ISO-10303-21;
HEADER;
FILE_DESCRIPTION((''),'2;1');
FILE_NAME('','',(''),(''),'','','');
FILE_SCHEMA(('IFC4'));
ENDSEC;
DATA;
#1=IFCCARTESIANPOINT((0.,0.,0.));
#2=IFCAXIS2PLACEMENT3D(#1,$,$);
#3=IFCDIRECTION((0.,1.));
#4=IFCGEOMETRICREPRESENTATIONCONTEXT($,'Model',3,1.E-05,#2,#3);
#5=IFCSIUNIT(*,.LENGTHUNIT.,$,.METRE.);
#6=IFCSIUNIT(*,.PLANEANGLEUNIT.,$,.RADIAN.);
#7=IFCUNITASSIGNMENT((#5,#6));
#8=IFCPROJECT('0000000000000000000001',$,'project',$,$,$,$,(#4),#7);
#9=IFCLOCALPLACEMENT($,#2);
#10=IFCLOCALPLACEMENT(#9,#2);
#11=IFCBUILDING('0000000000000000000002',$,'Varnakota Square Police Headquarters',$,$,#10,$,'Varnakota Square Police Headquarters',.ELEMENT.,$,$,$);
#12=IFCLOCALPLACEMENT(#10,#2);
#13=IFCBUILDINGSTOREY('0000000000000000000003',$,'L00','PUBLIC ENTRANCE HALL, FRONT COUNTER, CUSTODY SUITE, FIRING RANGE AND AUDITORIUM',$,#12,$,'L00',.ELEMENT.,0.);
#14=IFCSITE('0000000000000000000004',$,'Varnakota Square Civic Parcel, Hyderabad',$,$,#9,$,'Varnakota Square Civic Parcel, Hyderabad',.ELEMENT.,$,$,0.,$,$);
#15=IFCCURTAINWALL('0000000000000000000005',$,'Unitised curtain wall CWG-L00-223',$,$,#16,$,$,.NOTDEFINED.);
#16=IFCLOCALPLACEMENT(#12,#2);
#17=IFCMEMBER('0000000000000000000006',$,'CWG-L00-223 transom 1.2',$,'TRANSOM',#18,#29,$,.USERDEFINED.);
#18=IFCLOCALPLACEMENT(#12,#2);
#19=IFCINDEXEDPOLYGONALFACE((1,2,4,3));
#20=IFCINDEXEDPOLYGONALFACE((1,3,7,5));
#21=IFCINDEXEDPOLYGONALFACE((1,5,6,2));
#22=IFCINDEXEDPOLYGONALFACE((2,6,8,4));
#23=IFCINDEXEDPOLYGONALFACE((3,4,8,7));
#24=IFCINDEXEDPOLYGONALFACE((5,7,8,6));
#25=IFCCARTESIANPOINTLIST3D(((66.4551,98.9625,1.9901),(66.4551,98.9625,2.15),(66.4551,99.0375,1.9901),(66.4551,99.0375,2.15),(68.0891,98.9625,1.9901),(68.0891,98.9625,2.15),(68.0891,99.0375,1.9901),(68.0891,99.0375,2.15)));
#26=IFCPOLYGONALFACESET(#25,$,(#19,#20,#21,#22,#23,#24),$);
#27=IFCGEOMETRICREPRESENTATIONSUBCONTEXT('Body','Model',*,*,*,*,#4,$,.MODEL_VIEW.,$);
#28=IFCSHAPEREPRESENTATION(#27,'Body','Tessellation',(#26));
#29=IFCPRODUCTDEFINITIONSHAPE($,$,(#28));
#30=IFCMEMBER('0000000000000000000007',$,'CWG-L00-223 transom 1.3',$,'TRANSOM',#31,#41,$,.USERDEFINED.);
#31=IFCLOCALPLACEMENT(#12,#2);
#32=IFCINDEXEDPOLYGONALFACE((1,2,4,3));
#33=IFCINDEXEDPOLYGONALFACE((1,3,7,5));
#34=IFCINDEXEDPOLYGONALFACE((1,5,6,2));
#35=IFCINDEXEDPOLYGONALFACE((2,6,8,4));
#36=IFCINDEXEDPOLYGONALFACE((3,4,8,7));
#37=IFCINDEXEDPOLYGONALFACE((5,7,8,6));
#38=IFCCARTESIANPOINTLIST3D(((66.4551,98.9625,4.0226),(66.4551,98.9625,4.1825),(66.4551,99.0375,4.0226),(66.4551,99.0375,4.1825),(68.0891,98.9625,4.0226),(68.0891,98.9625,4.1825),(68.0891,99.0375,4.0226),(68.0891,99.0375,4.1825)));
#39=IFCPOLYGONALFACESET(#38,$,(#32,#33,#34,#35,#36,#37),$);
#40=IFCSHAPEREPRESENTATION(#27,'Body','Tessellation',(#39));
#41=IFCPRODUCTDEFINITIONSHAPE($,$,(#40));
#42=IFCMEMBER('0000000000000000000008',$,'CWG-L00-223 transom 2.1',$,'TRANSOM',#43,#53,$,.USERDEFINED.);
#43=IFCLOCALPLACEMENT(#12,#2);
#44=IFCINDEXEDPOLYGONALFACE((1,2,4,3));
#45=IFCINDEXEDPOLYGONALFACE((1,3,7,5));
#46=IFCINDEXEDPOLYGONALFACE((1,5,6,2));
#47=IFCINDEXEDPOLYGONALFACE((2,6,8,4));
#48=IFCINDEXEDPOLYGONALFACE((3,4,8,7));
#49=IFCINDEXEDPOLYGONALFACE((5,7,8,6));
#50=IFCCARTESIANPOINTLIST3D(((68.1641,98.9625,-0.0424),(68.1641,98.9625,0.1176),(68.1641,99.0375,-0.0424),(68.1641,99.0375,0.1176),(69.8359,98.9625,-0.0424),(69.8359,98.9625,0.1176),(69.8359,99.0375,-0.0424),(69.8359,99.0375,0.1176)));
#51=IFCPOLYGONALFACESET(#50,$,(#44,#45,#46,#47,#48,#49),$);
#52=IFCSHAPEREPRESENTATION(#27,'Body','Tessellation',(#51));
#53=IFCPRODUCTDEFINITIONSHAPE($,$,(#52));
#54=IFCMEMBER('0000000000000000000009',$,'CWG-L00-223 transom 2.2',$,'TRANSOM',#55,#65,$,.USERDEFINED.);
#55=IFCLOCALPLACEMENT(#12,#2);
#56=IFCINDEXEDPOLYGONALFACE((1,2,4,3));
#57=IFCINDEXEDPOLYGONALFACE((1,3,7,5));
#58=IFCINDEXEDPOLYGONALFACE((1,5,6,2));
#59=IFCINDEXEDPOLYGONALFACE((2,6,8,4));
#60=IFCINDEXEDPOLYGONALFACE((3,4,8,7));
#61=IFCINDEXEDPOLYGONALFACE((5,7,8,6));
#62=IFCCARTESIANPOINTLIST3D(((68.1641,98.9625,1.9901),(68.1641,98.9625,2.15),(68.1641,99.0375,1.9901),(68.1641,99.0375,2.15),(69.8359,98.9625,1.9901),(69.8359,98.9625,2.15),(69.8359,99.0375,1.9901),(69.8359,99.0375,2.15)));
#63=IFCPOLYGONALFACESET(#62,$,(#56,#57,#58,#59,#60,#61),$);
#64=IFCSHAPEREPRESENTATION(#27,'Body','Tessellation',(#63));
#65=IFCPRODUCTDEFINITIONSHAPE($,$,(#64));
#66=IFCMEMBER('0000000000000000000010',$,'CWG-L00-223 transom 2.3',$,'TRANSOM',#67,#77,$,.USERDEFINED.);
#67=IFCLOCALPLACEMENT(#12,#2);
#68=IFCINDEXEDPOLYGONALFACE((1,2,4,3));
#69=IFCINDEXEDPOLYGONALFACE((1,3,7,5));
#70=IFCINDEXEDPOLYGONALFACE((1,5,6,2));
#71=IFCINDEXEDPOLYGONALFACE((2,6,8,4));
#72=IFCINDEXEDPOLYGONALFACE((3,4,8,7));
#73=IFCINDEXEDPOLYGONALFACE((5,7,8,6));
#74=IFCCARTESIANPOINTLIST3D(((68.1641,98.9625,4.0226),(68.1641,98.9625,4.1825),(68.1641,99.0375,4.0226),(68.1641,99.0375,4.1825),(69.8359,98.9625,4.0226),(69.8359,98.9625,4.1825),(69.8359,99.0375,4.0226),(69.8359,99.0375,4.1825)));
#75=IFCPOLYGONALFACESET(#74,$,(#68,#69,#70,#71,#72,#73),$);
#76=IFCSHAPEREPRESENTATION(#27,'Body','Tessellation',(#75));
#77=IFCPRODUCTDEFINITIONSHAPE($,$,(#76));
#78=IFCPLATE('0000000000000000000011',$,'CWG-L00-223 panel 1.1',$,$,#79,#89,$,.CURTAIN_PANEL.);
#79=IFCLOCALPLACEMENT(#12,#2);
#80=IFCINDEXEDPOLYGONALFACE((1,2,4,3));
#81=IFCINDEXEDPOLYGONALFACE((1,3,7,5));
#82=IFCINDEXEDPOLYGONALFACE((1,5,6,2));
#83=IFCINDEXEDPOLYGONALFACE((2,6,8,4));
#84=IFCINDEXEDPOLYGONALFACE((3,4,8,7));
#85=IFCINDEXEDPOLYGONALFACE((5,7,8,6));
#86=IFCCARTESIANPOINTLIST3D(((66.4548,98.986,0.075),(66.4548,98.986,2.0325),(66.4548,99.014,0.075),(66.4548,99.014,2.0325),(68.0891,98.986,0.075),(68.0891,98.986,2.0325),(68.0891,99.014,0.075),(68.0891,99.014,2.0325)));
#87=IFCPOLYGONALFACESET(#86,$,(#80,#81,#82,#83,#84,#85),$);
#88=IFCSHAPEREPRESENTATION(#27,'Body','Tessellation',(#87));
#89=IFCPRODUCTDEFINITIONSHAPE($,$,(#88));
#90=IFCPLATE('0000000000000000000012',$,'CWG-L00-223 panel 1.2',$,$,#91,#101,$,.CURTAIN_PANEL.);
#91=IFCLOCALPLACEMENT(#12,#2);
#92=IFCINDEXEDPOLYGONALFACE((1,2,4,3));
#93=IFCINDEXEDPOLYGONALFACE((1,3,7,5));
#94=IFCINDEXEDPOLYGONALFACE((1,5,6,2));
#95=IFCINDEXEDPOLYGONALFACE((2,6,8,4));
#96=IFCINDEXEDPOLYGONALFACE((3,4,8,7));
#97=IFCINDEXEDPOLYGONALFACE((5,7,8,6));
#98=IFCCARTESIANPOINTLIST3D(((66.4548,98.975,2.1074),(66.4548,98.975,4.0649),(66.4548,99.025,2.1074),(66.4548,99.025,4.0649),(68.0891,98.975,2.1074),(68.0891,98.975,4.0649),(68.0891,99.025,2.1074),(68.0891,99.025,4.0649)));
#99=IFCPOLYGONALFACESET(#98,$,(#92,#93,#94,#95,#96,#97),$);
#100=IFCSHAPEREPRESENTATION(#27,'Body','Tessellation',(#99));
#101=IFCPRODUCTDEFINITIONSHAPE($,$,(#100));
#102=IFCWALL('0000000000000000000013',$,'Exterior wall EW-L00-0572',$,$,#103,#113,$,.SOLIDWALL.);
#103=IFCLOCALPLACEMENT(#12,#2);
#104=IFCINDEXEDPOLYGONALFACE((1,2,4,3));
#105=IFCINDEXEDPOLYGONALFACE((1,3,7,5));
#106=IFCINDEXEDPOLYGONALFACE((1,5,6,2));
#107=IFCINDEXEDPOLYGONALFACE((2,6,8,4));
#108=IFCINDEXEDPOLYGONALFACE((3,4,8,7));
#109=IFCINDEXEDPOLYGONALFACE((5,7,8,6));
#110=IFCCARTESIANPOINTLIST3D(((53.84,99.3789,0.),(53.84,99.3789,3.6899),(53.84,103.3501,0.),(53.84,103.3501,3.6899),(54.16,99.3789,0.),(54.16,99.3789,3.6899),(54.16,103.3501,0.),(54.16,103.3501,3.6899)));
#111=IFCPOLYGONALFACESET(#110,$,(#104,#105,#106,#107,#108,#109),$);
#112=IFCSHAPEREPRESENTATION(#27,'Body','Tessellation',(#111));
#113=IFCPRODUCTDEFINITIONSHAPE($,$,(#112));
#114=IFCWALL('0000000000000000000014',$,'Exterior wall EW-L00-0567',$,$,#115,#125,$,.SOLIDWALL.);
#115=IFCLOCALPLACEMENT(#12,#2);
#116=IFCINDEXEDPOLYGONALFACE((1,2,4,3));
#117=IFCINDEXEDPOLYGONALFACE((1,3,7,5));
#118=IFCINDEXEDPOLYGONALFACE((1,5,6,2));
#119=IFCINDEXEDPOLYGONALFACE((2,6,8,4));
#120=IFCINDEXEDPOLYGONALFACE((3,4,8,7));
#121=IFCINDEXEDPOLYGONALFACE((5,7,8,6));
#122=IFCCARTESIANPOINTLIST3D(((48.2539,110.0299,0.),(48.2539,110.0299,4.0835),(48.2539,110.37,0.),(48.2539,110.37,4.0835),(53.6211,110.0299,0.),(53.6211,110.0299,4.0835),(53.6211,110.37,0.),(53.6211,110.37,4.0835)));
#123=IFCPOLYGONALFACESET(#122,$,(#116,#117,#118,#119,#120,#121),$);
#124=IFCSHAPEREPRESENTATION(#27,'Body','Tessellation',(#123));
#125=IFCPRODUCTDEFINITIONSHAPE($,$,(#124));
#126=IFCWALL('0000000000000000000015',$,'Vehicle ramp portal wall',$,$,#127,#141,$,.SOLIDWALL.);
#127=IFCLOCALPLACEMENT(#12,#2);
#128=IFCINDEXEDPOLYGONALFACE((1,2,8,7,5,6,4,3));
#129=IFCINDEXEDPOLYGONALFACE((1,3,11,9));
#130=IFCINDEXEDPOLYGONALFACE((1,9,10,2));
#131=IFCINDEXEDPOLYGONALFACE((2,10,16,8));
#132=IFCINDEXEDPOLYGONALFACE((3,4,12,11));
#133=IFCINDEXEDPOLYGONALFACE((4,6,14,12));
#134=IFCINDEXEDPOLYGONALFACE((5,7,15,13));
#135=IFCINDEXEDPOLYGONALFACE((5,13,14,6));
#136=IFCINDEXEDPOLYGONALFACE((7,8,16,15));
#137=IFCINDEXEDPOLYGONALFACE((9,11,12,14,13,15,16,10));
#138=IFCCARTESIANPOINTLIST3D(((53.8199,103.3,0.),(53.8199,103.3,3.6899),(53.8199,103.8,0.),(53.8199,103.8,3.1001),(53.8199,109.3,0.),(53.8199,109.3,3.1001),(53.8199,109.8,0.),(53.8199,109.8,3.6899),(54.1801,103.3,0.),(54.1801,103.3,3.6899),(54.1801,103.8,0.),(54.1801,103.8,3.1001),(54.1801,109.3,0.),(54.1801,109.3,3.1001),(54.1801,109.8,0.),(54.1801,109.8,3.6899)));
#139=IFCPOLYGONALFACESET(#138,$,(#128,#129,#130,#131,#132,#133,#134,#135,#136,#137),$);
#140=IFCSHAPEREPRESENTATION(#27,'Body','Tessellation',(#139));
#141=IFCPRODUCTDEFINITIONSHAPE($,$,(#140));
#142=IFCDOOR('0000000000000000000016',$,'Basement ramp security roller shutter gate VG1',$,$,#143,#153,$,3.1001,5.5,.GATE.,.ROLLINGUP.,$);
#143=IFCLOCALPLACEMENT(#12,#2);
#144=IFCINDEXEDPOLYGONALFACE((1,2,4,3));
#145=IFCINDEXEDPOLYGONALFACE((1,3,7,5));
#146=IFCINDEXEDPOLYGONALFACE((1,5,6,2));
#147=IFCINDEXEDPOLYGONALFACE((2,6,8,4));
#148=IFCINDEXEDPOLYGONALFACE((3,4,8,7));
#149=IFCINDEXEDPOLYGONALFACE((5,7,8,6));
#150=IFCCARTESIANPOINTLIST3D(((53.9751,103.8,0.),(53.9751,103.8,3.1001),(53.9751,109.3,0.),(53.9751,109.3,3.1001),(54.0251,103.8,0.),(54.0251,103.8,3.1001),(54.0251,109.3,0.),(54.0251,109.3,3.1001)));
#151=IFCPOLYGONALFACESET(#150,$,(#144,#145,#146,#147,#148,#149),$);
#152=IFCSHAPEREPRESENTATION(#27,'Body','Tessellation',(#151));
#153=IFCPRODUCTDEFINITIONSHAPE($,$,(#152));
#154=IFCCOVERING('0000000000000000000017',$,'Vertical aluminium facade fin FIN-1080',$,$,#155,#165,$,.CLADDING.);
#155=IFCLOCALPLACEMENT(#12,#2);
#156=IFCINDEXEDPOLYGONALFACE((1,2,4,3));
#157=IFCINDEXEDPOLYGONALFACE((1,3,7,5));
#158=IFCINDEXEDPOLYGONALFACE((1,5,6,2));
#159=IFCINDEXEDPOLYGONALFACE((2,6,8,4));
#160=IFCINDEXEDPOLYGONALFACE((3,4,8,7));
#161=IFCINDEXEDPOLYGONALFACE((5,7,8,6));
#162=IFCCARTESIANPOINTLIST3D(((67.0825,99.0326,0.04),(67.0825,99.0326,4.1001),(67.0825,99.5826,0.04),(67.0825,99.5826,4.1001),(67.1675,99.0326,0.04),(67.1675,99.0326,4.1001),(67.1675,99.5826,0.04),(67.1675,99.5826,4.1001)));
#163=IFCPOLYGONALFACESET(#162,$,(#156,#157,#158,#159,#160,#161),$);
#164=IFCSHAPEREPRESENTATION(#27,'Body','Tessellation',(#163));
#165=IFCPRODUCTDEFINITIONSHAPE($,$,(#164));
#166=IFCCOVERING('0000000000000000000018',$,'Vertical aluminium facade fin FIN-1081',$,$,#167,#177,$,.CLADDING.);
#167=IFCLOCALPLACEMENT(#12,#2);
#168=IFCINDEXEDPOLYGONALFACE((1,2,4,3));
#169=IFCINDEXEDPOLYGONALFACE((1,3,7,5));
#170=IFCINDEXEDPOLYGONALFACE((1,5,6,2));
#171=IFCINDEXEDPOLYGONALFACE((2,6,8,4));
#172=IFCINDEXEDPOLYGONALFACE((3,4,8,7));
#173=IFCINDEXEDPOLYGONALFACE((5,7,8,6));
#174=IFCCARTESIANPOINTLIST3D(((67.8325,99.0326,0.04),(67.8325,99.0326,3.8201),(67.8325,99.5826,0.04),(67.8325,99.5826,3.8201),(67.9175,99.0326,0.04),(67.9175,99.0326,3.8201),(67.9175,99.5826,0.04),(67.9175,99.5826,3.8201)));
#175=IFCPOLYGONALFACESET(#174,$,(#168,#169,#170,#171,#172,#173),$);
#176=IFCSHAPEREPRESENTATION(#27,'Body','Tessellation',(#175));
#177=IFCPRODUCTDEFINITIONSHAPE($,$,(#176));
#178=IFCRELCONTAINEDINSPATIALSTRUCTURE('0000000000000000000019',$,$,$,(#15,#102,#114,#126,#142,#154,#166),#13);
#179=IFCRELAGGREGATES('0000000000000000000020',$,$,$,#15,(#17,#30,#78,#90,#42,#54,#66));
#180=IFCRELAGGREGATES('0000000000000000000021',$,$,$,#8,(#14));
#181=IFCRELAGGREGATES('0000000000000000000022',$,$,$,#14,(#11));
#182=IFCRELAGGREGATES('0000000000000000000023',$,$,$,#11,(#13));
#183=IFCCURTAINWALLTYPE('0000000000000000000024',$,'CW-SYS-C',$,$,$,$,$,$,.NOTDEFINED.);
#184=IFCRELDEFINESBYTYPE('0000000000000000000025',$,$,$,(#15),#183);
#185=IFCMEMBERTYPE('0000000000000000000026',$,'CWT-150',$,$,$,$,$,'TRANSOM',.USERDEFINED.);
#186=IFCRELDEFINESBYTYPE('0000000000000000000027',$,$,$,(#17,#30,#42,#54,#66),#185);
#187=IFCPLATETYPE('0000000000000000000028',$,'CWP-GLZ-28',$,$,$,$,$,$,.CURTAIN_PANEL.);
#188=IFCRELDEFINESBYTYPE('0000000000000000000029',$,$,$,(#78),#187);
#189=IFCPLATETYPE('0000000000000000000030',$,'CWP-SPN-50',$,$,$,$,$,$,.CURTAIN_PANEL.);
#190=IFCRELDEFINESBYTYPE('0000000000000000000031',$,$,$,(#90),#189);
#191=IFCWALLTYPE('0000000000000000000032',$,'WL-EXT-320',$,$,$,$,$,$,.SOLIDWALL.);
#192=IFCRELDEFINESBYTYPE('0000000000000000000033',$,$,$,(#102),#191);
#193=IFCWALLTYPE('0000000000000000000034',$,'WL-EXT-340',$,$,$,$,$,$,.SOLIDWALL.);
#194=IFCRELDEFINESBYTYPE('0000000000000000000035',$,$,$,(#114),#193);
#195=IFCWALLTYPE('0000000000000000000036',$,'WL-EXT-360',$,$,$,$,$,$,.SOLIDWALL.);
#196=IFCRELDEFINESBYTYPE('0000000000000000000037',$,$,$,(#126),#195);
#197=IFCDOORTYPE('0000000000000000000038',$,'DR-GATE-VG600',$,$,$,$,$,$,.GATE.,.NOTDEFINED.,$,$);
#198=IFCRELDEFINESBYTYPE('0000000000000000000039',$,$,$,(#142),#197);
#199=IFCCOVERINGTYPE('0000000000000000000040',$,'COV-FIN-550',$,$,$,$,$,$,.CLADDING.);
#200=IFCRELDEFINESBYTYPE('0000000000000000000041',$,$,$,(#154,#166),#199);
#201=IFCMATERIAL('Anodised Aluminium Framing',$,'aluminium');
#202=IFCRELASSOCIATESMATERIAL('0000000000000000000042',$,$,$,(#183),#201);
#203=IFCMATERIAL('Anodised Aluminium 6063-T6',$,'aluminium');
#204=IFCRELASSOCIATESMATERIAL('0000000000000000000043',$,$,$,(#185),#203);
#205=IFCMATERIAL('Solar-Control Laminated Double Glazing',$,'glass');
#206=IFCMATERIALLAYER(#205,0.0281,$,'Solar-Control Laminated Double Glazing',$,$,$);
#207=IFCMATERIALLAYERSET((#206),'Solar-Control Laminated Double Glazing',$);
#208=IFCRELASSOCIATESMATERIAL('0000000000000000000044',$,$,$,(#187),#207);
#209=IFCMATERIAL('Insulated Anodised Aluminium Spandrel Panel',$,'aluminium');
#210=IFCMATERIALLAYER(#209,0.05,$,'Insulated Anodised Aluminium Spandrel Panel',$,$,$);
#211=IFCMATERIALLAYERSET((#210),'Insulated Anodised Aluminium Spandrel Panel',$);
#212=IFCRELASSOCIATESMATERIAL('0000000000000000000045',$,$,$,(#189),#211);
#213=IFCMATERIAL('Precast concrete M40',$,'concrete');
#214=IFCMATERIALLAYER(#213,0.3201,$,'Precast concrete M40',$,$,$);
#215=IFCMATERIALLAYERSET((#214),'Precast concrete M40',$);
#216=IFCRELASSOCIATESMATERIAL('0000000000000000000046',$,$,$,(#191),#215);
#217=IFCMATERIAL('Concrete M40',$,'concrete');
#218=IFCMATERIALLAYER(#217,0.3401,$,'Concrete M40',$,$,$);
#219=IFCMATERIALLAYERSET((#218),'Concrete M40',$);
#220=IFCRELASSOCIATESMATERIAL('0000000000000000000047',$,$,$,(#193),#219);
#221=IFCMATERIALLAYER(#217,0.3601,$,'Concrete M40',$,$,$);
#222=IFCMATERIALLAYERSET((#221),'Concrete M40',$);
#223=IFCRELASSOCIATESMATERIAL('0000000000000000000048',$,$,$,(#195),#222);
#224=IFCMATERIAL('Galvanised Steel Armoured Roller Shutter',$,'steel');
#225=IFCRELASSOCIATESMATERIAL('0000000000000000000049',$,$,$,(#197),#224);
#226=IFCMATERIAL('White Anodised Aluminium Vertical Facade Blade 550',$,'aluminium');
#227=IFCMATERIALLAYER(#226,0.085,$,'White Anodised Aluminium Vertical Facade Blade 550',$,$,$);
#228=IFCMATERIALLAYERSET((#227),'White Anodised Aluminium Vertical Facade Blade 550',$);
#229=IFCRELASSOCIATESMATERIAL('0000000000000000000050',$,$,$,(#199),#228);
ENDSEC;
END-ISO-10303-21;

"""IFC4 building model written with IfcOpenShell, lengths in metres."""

from ifc_helpers import new_model, si_unit, direction, frame, frame_2d, origin, origin_2d, place, context, subcontext, project, spatial, rectangle, extrude, material, layer, layer_set, material_profile, profile_set, type_object, element, fill, aggregate, save


model = new_model("IFC4")

# Units and contexts
model_context = context("Model", 3, precision=1e-05, world=origin(), true_north=direction((0.0, 1.0)))
body_context = subcontext(model_context, "Body", "Model", "MODEL_VIEW")
ifc_project = project(units=[si_unit("LENGTHUNIT", "METRE"), si_unit("PLANEANGLEUNIT", "RADIAN")], contexts=[model_context])

# Site, building, storey
site_placement = place(None, origin())
site = spatial("IfcSite", under=ifc_project, at=site_placement, Name="Varnakota Square Civic Parcel, Hyderabad", LongName="Varnakota Square Civic Parcel, Hyderabad", CompositionType="ELEMENT", RefElevation=0.0)
building_placement = place(site_placement, origin())
building = spatial("IfcBuilding", under=site, at=building_placement, Name="Varnakota Square Police Headquarters", LongName="Varnakota Square Police Headquarters", CompositionType="ELEMENT")
storey_placement = place(building_placement, origin())
storey = spatial("IfcBuildingStorey", under=building, at=storey_placement, Name="L00", Description="PUBLIC ENTRANCE HALL, FRONT COUNTER, CUSTODY SUITE, FIRING RANGE AND AUDITORIUM", LongName="L00", CompositionType="ELEMENT", Elevation=0.0)

# Curtain wall, members, plates
ifc_material_1 = material(Name="Anodised Aluminium Framing", Category="aluminium")
curtain_wall_type = type_object("IfcCurtainWallType", Name="CW-SYS-C", PredefinedType="NOTDEFINED", material=ifc_material_1)
curtain_wall_placement = place(storey_placement, origin())
curtain_wall = element("IfcCurtainWall", 1, at=curtain_wall_placement, inside=storey, type_object=curtain_wall_type, Name="Unitised curtain wall CWG-L00-223", PredefinedType="NOTDEFINED")
ifc_material_2 = material(Name="Anodised Aluminium 6063-T6", Category="aluminium")
ifc_material_profile_1 = material_profile(ifc_material_2, rectangle(XDim=0.075, YDim=0.1599, at=origin_2d()), Name="ALU TRANSOM 75x160")
ifc_profile_set_1 = profile_set([ifc_material_profile_1], Name="Anodised Aluminium 6063-T6")
member_type_1 = type_object("IfcMemberType", Name="CWT-150", ElementType="TRANSOM", PredefinedType="USERDEFINED", material=ifc_profile_set_1)
member_1_placement = place(storey_placement, frame((66.4551, 99.0, 2.0701), z_axis=(1.0, 0.0, 0.0), x_axis=(0.0, 1.0, 0.0)))
member_1 = element("IfcMember", 2, at=member_1_placement, type_object=member_type_1, Name="CWG-L00-223 transom 1.2", ObjectType="TRANSOM", PredefinedType="USERDEFINED", context=body_context, shape_type="SweptSolid", body=[
    extrude(rectangle(XDim=0.075, YDim=0.1599, at=origin_2d()), origin(), (0.0, 0.0, 1.0), 1.634),
])
member_2_placement = place(storey_placement, frame((66.4551, 99.0, 4.1025), z_axis=(1.0, 0.0, 0.0), x_axis=(0.0, 1.0, 0.0)))
member_2 = element("IfcMember", 3, at=member_2_placement, type_object=member_type_1, Name="CWG-L00-223 transom 1.3", ObjectType="TRANSOM", PredefinedType="USERDEFINED", context=body_context, shape_type="SweptSolid", body=[
    extrude(rectangle(XDim=0.075, YDim=0.1599, at=origin_2d()), origin(), (0.0, 0.0, 1.0), 1.634),
])
member_3_placement = place(storey_placement, frame((68.1641, 99.0, 0.0376), z_axis=(1.0, 0.0, 0.0), x_axis=(0.0, 1.0, 0.0)))
member_3 = element("IfcMember", 4, at=member_3_placement, type_object=member_type_1, Name="CWG-L00-223 transom 2.1", ObjectType="TRANSOM", PredefinedType="USERDEFINED", context=body_context, shape_type="SweptSolid", body=[
    extrude(rectangle(XDim=0.075, YDim=0.1599, at=origin_2d()), origin(), (0.0, 0.0, 1.0), 1.6719),
])
member_4_placement = place(storey_placement, frame((68.1641, 99.0, 2.0701), z_axis=(1.0, 0.0, 0.0), x_axis=(0.0, 1.0, 0.0)))
member_4 = element("IfcMember", 5, at=member_4_placement, type_object=member_type_1, Name="CWG-L00-223 transom 2.2", ObjectType="TRANSOM", PredefinedType="USERDEFINED", context=body_context, shape_type="SweptSolid", body=[
    extrude(rectangle(XDim=0.075, YDim=0.1599, at=origin_2d()), origin(), (0.0, 0.0, 1.0), 1.6719),
])
member_5_placement = place(storey_placement, frame((68.1641, 99.0, 4.1025), z_axis=(1.0, 0.0, 0.0), x_axis=(0.0, 1.0, 0.0)))
member_5 = element("IfcMember", 6, at=member_5_placement, type_object=member_type_1, Name="CWG-L00-223 transom 2.3", ObjectType="TRANSOM", PredefinedType="USERDEFINED", context=body_context, shape_type="SweptSolid", body=[
    extrude(rectangle(XDim=0.075, YDim=0.1599, at=origin_2d()), origin(), (0.0, 0.0, 1.0), 1.6719),
])
ifc_material_3 = material(Name="Solar-Control Laminated Double Glazing", Category="glass")
ifc_layer_1 = layer(ifc_material_3, 0.0281, Name="Solar-Control Laminated Double Glazing")
ifc_layer_set_1 = layer_set([ifc_layer_1], Name="Solar-Control Laminated Double Glazing")
plate_type_1 = type_object("IfcPlateType", Name="CWP-GLZ-28", PredefinedType="CURTAIN_PANEL", material=ifc_layer_set_1)
plate_1_placement = place(storey_placement, frame((67.272, 99.0, 0.075), z_axis=(0.0, 0.0, 1.0), x_axis=(1.0, 0.0, 0.0)))
plate_1 = element("IfcPlate", 7, at=plate_1_placement, type_object=plate_type_1, Name="CWG-L00-223 panel 1.1", PredefinedType="CURTAIN_PANEL", context=body_context, shape_type="SweptSolid", body=[
    extrude(rectangle(XDim=1.6343, YDim=0.0281, at=origin_2d()), origin(), (0.0, 0.0, 1.0), 1.9575),
])
ifc_material_4 = material(Name="Insulated Anodised Aluminium Spandrel Panel", Category="aluminium")
ifc_layer_2 = layer(ifc_material_4, 0.05, Name="Insulated Anodised Aluminium Spandrel Panel")
ifc_layer_set_2 = layer_set([ifc_layer_2], Name="Insulated Anodised Aluminium Spandrel Panel")
plate_type_2 = type_object("IfcPlateType", Name="CWP-SPN-50", PredefinedType="CURTAIN_PANEL", material=ifc_layer_set_2)
plate_2_placement = place(storey_placement, frame((67.272, 99.0, 2.1074), z_axis=(0.0, 0.0, 1.0), x_axis=(1.0, 0.0, 0.0)))
plate_2 = element("IfcPlate", 8, at=plate_2_placement, type_object=plate_type_2, Name="CWG-L00-223 panel 1.2", PredefinedType="CURTAIN_PANEL", context=body_context, shape_type="SweptSolid", body=[
    extrude(rectangle(XDim=1.6343, YDim=0.05, at=origin_2d()), origin(), (0.0, 0.0, 1.0), 1.9575),
])
aggregate(curtain_wall, [member_1, member_2, plate_1, plate_2, member_3, member_4, member_5])

# Walls
ifc_material_5 = material(Name="Precast concrete M40", Category="concrete")
ifc_layer_3 = layer(ifc_material_5, 0.3201, Name="Precast concrete M40")
ifc_layer_set_3 = layer_set([ifc_layer_3], Name="Precast concrete M40")
wall_type_1 = type_object("IfcWallType", Name="WL-EXT-320", PredefinedType="SOLIDWALL", material=ifc_layer_set_3)
wall_1_placement = place(storey_placement, frame((54.0, 99.3789, 0.0), z_axis=(0.0, 0.0, 1.0), x_axis=(0.0, 1.0, 0.0)))
element("IfcWall", 9, at=wall_1_placement, inside=storey, type_object=wall_type_1, Name="Exterior wall EW-L00-0572", PredefinedType="SOLIDWALL", context=body_context, shape_type="SweptSolid", body=[
    extrude(rectangle(XDim=3.9712, YDim=0.3201, at=frame_2d((1.9856, 0.0))), origin(), (0.0, 0.0, 1.0), 3.6899),
])
ifc_material_6 = material(Name="Concrete M40", Category="concrete")
ifc_layer_4 = layer(ifc_material_6, 0.3401, Name="Concrete M40")
ifc_layer_set_4 = layer_set([ifc_layer_4], Name="Concrete M40")
wall_type_2 = type_object("IfcWallType", Name="WL-EXT-340", PredefinedType="SOLIDWALL", material=ifc_layer_set_4)
wall_2_placement = place(storey_placement, frame((48.2539, 110.2, 0.0), z_axis=(0.0, 0.0, 1.0), x_axis=(1.0, 0.0, 0.0)))
element("IfcWall", 10, at=wall_2_placement, inside=storey, type_object=wall_type_2, Name="Exterior wall EW-L00-0567", PredefinedType="SOLIDWALL", context=body_context, shape_type="SweptSolid", body=[
    extrude(rectangle(XDim=5.3672, YDim=0.3401, at=frame_2d((2.6836, 0.0))), origin(), (0.0, 0.0, 1.0), 4.0835),
])

# Wall, opening, door
ifc_layer_5 = layer(ifc_material_6, 0.3601, Name="Concrete M40")
ifc_layer_set_5 = layer_set([ifc_layer_5], Name="Concrete M40")
wall_type_3 = type_object("IfcWallType", Name="WL-EXT-360", PredefinedType="SOLIDWALL", material=ifc_layer_set_5)
wall_3_placement = place(storey_placement, frame((54.0, 103.3, 0.0), z_axis=(0.0, 0.0, 1.0), x_axis=(0.0, 1.0, 0.0)))
wall_3 = element("IfcWall", 11, at=wall_3_placement, inside=storey, type_object=wall_type_3, Name="Vehicle ramp portal wall", PredefinedType="SOLIDWALL", context=body_context, shape_type="SweptSolid", body=[
    extrude(rectangle(XDim=6.5, YDim=0.3601, at=frame_2d((3.25, 0.0))), origin(), (0.0, 0.0, 1.0), 3.6899),
])
opening_placement = place(wall_3_placement, frame((0.5, 0.0, 0.0)))
opening = element("IfcOpeningElement", 12, at=opening_placement, cuts=wall_3, PredefinedType="OPENING", context=body_context, shape_type="SweptSolid", body=[
    extrude(rectangle(XDim=5.5, YDim=3.1001, at=frame_2d((2.75, 1.55))), frame((0.0, 0.1899, 0.0), z_axis=(0.0, -1.0, 0.0), x_axis=(1.0, 0.0, 0.0)), (0.0, 0.0, 1.0), 0.3801),
])
ifc_material_7 = material(Name="Galvanised Steel Armoured Roller Shutter", Category="steel")
door_type = type_object("IfcDoorType", Name="DR-GATE-VG600", OperationType="NOTDEFINED", PredefinedType="GATE", material=ifc_material_7)
door_placement = place(opening_placement, origin())
door = element("IfcDoor", 13, at=door_placement, inside=storey, type_object=door_type, Name="Basement ramp security roller shutter gate VG1", OperationType="ROLLINGUP", OverallHeight=3.1001, OverallWidth=5.5, PredefinedType="GATE", context=body_context, shape_type="SweptSolid", body=[
    extrude(rectangle(XDim=5.5, YDim=3.1001, at=frame_2d((2.75, 1.55))), frame((0.0, 0.0249, 0.0), z_axis=(0.0, -1.0, 0.0), x_axis=(1.0, 0.0, 0.0)), (0.0, 0.0, 1.0), 0.05),
])
fill(opening, door)

# Coverings
ifc_material_8 = material(Name="White Anodised Aluminium Vertical Facade Blade 550", Category="aluminium")
ifc_layer_6 = layer(ifc_material_8, 0.085, Name="White Anodised Aluminium Vertical Facade Blade 550")
ifc_layer_set_6 = layer_set([ifc_layer_6], Name="White Anodised Aluminium Vertical Facade Blade 550")
covering_type = type_object("IfcCoveringType", Name="COV-FIN-550", PredefinedType="CLADDING", material=ifc_layer_set_6)
covering_1_placement = place(storey_placement, frame((67.125, 99.3076, 0.04), z_axis=(0.0, 0.0, 1.0), x_axis=(1.0, 0.0, 0.0)))
element("IfcCovering", 14, at=covering_1_placement, inside=storey, type_object=covering_type, Name="Vertical aluminium facade fin FIN-1080", PredefinedType="CLADDING", context=body_context, shape_type="SweptSolid", body=[
    extrude(rectangle(XDim=0.085, YDim=0.55, at=origin_2d()), origin(), (0.0, 0.0, 1.0), 4.0601),
])
covering_2_placement = place(storey_placement, frame((67.875, 99.3076, 0.04), z_axis=(0.0, 0.0, 1.0), x_axis=(1.0, 0.0, 0.0)))
element("IfcCovering", 15, at=covering_2_placement, inside=storey, type_object=covering_type, Name="Vertical aluminium facade fin FIN-1081", PredefinedType="CLADDING", context=body_context, shape_type="SweptSolid", body=[
    extrude(rectangle(XDim=0.085, YDim=0.55, at=origin_2d()), origin(), (0.0, 0.0, 1.0), 3.78),
])

save(model, "model.ifc")
